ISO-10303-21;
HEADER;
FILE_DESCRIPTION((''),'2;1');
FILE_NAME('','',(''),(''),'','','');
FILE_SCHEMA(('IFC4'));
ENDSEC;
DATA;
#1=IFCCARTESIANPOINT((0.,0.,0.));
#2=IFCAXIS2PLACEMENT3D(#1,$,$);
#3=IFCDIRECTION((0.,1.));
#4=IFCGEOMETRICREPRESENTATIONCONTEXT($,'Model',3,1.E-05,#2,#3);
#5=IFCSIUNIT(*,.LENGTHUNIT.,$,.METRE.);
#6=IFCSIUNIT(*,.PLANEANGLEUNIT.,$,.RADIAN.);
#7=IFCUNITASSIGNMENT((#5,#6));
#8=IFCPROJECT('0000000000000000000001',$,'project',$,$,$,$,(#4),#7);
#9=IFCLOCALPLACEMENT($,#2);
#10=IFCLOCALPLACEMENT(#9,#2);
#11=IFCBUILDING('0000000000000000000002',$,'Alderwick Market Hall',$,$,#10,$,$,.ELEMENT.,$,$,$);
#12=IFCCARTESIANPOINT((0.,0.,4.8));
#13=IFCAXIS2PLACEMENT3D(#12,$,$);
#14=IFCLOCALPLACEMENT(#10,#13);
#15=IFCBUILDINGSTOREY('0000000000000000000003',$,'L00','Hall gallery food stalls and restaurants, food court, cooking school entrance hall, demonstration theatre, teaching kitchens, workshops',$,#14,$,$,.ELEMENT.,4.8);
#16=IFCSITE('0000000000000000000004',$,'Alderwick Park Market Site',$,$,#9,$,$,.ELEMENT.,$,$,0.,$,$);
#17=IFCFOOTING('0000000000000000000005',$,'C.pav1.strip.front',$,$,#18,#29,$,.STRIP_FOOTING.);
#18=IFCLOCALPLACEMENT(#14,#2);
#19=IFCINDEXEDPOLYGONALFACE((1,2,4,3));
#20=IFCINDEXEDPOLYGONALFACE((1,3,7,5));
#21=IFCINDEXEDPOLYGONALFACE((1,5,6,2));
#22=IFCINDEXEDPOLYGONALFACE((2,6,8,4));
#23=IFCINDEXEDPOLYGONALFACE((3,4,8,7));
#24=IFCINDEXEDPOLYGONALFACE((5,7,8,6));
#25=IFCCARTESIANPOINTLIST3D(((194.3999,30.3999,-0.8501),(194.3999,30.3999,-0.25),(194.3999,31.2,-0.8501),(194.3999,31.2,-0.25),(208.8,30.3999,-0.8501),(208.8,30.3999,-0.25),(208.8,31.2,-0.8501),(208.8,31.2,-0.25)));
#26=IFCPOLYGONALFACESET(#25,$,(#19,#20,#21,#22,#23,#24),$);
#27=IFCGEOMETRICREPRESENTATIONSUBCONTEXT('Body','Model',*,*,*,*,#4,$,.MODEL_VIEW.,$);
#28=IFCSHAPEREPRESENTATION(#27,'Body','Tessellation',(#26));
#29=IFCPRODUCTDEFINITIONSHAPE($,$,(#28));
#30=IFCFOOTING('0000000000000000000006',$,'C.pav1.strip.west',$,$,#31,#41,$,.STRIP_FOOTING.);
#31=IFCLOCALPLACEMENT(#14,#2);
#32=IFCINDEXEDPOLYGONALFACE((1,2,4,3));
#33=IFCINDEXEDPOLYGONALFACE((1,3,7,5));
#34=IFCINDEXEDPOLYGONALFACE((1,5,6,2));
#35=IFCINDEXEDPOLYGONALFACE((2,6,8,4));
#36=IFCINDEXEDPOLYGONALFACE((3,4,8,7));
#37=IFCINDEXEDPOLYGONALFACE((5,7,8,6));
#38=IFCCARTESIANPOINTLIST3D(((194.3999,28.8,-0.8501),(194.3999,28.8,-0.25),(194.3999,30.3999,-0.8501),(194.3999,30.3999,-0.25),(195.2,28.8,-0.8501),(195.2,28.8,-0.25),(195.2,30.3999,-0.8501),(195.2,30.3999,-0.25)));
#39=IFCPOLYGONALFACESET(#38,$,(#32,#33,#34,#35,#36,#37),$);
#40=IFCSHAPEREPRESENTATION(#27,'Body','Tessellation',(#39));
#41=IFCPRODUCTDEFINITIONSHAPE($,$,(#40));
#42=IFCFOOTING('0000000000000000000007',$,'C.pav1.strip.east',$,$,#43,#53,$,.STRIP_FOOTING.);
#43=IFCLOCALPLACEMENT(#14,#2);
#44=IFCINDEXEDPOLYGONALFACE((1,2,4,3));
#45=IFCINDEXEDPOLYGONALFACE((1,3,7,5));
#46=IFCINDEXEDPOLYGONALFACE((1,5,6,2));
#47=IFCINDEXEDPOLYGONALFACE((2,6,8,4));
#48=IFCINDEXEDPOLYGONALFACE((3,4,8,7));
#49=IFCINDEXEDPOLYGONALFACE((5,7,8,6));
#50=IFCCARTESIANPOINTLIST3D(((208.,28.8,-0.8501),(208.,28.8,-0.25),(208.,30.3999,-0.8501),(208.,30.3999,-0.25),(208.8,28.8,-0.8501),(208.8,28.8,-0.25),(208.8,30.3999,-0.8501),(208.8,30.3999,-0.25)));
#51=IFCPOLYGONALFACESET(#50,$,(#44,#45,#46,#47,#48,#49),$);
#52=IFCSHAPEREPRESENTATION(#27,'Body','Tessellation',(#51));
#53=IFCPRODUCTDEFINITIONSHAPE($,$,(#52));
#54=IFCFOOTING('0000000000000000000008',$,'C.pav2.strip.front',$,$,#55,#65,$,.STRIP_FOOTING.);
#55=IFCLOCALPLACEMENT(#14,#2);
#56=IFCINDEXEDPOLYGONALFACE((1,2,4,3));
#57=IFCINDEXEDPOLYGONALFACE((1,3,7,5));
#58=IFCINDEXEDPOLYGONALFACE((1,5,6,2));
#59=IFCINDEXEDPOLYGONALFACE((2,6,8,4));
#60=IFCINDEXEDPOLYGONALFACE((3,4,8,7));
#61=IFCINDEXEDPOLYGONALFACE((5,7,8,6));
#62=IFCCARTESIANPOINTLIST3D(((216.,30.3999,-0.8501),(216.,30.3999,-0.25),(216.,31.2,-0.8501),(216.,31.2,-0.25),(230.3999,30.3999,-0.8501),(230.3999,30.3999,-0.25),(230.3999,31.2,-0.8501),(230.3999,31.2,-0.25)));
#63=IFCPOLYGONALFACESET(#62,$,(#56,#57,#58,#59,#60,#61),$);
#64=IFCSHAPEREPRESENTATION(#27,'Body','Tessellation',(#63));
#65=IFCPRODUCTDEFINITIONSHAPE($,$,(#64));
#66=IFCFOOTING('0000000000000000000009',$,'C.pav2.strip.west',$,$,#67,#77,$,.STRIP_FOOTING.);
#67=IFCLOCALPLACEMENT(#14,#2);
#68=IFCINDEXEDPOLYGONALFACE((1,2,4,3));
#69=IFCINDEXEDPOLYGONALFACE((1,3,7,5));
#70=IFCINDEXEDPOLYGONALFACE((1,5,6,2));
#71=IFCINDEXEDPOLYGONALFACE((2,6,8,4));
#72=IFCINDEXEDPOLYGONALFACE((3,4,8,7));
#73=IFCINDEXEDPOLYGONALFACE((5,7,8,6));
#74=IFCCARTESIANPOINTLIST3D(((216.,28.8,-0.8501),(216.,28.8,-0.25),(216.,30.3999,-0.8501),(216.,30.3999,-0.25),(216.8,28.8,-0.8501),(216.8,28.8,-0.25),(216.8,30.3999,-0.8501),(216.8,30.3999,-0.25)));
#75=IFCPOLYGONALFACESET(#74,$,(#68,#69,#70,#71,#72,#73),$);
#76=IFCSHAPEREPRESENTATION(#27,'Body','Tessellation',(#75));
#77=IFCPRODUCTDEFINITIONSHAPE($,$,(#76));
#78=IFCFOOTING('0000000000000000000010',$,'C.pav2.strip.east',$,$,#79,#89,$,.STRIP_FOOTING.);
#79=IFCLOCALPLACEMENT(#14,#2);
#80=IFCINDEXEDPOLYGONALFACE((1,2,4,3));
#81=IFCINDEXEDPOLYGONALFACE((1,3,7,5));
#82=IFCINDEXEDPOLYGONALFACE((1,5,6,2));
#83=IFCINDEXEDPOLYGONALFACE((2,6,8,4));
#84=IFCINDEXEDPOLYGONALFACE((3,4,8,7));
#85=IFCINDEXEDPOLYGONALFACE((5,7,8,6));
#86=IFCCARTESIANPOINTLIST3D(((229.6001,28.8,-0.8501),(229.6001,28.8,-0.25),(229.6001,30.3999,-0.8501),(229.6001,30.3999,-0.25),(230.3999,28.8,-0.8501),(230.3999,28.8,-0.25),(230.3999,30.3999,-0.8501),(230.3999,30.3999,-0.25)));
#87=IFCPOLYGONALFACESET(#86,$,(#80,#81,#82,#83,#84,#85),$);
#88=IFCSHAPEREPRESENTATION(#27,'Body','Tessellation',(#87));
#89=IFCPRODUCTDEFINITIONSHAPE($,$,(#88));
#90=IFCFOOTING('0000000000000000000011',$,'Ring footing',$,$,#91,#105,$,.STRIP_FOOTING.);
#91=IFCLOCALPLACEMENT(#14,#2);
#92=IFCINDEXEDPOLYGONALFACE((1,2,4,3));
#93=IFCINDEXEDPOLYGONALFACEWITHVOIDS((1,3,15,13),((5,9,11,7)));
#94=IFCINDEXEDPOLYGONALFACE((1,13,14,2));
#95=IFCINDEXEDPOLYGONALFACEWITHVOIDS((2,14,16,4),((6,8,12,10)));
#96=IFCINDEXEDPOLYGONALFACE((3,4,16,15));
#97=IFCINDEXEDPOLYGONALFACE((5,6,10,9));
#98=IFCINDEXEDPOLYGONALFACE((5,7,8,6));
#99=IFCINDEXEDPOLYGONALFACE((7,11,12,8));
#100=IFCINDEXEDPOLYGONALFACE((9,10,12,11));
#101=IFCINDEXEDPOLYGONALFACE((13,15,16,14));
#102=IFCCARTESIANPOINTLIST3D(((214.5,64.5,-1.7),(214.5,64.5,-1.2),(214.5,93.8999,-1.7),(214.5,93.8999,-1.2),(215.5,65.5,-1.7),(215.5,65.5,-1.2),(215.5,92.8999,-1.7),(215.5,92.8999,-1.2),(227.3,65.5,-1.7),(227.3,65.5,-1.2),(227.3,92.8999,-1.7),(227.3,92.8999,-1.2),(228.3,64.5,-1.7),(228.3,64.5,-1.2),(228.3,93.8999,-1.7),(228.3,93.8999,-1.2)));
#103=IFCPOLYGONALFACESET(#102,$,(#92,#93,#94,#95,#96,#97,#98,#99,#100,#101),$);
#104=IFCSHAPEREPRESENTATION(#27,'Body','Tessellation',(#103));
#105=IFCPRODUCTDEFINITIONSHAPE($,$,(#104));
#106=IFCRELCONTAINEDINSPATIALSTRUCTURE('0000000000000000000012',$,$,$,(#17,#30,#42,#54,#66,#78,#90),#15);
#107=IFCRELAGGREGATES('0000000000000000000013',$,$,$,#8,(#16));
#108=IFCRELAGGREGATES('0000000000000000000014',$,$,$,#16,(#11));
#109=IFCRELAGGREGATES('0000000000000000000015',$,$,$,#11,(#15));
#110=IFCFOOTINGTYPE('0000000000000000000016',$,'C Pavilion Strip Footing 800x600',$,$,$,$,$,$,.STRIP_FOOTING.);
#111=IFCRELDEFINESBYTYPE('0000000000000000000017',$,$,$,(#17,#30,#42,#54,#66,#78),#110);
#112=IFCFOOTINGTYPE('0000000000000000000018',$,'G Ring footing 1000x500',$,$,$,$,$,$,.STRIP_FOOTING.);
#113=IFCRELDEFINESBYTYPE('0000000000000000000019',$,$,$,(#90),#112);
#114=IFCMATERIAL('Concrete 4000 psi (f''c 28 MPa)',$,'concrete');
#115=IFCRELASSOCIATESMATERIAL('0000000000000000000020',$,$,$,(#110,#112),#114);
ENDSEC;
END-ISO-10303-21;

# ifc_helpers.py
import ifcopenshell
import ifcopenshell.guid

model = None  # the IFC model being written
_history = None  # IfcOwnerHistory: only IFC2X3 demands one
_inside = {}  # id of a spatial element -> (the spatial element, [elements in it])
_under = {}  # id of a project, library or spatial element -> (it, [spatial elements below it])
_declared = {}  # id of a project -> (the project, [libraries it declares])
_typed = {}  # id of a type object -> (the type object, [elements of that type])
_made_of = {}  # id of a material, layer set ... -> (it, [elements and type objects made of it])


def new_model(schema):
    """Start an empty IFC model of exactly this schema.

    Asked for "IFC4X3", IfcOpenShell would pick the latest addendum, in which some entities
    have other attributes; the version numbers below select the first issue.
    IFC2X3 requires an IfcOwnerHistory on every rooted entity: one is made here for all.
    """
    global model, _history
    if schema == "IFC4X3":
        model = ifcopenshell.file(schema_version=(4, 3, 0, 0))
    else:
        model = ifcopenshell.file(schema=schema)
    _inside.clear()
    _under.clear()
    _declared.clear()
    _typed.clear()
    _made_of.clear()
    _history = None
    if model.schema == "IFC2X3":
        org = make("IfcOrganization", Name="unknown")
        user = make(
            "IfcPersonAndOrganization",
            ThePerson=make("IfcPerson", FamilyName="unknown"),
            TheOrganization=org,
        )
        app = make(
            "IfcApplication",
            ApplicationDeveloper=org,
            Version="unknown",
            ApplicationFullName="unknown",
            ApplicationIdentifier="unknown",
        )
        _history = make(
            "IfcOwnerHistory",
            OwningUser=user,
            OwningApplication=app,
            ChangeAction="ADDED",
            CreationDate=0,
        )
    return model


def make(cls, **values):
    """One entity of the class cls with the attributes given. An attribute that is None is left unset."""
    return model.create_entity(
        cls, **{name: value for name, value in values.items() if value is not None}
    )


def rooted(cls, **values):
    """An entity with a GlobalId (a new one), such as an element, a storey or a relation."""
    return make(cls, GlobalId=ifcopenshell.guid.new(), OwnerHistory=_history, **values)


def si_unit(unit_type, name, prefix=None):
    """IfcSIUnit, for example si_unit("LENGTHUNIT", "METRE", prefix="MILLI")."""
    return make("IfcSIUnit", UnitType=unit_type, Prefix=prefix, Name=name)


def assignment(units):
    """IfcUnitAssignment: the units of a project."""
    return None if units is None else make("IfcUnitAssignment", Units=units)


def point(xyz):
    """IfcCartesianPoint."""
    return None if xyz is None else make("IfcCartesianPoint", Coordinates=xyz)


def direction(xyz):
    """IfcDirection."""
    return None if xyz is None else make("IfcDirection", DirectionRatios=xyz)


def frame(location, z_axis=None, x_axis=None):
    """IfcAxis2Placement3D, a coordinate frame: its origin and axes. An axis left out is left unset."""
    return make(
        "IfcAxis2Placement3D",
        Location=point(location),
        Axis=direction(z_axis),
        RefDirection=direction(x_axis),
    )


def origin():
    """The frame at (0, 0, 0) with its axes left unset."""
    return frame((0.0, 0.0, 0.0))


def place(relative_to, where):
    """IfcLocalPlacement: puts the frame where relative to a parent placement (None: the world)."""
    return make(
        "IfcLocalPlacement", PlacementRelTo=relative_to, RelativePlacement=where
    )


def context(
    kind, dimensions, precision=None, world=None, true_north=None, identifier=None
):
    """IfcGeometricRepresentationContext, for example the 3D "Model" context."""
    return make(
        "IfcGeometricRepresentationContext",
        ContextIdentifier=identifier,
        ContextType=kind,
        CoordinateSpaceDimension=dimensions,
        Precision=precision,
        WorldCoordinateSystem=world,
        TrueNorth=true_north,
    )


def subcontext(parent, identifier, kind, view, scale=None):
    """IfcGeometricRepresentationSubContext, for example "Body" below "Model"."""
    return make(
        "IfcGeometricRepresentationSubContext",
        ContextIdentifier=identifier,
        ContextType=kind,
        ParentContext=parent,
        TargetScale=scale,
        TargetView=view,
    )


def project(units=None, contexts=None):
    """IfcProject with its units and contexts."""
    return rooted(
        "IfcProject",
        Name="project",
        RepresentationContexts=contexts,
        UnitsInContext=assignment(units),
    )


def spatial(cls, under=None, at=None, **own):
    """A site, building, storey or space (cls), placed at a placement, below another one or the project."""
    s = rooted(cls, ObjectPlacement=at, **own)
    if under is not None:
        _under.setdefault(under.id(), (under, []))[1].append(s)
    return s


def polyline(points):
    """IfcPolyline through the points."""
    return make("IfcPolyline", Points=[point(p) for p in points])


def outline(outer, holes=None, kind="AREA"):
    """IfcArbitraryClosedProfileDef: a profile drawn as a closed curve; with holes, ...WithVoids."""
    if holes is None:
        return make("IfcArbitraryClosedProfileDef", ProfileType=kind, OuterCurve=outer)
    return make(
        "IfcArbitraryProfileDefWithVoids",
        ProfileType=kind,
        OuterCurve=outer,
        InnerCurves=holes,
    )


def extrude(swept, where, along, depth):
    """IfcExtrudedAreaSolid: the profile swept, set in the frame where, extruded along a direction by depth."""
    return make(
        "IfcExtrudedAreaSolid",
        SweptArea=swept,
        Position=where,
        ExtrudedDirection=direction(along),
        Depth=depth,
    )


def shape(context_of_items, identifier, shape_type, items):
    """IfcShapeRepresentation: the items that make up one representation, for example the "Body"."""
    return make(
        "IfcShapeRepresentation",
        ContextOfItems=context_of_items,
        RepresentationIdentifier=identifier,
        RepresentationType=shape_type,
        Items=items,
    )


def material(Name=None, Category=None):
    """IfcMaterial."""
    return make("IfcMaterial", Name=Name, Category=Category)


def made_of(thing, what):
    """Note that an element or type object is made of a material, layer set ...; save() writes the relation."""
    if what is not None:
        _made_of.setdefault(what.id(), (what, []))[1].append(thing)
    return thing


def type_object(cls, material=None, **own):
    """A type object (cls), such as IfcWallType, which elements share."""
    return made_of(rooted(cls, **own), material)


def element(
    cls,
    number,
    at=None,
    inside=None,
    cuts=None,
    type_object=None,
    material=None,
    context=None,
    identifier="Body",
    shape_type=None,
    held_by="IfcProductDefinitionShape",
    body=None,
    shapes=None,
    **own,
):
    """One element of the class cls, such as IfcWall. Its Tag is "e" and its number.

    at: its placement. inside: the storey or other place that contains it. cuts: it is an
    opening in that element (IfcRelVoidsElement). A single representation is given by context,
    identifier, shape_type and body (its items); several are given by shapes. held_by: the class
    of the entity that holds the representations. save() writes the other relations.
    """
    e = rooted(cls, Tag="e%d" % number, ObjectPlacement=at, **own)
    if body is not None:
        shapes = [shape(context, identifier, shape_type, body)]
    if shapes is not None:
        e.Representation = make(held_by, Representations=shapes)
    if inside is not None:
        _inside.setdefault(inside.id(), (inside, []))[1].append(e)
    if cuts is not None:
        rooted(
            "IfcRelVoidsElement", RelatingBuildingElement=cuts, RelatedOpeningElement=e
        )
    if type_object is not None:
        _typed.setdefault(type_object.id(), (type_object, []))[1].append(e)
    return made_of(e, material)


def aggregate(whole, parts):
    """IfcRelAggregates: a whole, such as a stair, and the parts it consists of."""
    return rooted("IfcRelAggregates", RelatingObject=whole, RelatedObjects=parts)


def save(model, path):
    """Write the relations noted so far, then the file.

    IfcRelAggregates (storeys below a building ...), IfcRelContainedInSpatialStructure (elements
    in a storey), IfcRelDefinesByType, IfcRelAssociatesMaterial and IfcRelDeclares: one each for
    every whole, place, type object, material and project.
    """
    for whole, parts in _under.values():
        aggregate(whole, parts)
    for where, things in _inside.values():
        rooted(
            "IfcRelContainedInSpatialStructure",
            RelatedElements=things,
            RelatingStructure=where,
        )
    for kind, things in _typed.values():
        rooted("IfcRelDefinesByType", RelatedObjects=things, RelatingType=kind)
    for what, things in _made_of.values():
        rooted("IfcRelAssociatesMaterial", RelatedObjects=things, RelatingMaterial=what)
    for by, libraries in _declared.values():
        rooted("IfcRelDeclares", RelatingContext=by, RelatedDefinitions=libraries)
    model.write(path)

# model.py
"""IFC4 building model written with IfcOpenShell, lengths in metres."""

from ifc_helpers import new_model, si_unit, direction, frame, origin, place, context, subcontext, project, spatial, polyline, outline, extrude, material, type_object, element, save


model = new_model("IFC4")

# Units and contexts
model_context = context("Model", 3, precision=1e-05, world=origin(), true_north=direction((0.0, 1.0)))
body_context = subcontext(model_context, "Body", "Model", "MODEL_VIEW")
ifc_project = project(units=[si_unit("LENGTHUNIT", "METRE"), si_unit("PLANEANGLEUNIT", "RADIAN")], contexts=[model_context])

# Site, building, storey
site_placement = place(None, origin())
site = spatial("IfcSite", under=ifc_project, at=site_placement, Name="Alderwick Park Market Site", CompositionType="ELEMENT", RefElevation=0.0)
building_placement = place(site_placement, origin())
building = spatial("IfcBuilding", under=site, at=building_placement, Name="Alderwick Market Hall", CompositionType="ELEMENT")
storey_placement = place(building_placement, frame((0.0, 0.0, 4.8)))
storey = spatial("IfcBuildingStorey", under=building, at=storey_placement, Name="L00", Description="Hall gallery food stalls and restaurants, food court, cooking school entrance hall, demonstration theatre, teaching kitchens, workshops", CompositionType="ELEMENT", Elevation=4.8)

# Footings
ifc_material_1 = material(Name="Concrete 4000 psi (f'c 28 MPa)", Category="concrete")
footing_type_1 = type_object("IfcFootingType", Name="C Pavilion Strip Footing 800x600", PredefinedType="STRIP_FOOTING", material=ifc_material_1)
footing_1_placement = place(storey_placement, frame((0.0, 0.0, -0.8501)))
element("IfcFooting", 1, at=footing_1_placement, inside=storey, type_object=footing_type_1, Name="C.pav1.strip.front", PredefinedType="STRIP_FOOTING", context=body_context, shape_type="SweptSolid", body=[
    extrude(outline(polyline([(194.3999, 31.2), (208.8, 31.2), (208.8, 30.3999), (194.3999, 30.3999), (194.3999, 31.2)])), origin(), (0.0, 0.0, 1.0), 0.6001),
])
footing_2_placement = place(storey_placement, frame((0.0, 0.0, -0.8501)))
element("IfcFooting", 2, at=footing_2_placement, inside=storey, type_object=footing_type_1, Name="C.pav1.strip.west", PredefinedType="STRIP_FOOTING", context=body_context, shape_type="SweptSolid", body=[
    extrude(outline(polyline([(194.3999, 30.3999), (195.2, 30.3999), (195.2, 28.8), (194.3999, 28.8), (194.3999, 30.3999)])), origin(), (0.0, 0.0, 1.0), 0.6001),
])
footing_3_placement = place(storey_placement, frame((0.0, 0.0, -0.8501)))
element("IfcFooting", 3, at=footing_3_placement, inside=storey, type_object=footing_type_1, Name="C.pav1.strip.east", PredefinedType="STRIP_FOOTING", context=body_context, shape_type="SweptSolid", body=[
    extrude(outline(polyline([(208.0, 30.3999), (208.8, 30.3999), (208.8, 28.8), (208.0, 28.8), (208.0, 30.3999)])), origin(), (0.0, 0.0, 1.0), 0.6001),
])
footing_4_placement = place(storey_placement, frame((0.0, 0.0, -0.8501)))
element("IfcFooting", 4, at=footing_4_placement, inside=storey, type_object=footing_type_1, Name="C.pav2.strip.front", PredefinedType="STRIP_FOOTING", context=body_context, shape_type="SweptSolid", body=[
    extrude(outline(polyline([(216.0, 31.2), (230.3999, 31.2), (230.3999, 30.3999), (216.0, 30.3999), (216.0, 31.2)])), origin(), (0.0, 0.0, 1.0), 0.6001),
])
footing_5_placement = place(storey_placement, frame((0.0, 0.0, -0.8501)))
element("IfcFooting", 5, at=footing_5_placement, inside=storey, type_object=footing_type_1, Name="C.pav2.strip.west", PredefinedType="STRIP_FOOTING", context=body_context, shape_type="SweptSolid", body=[
    extrude(outline(polyline([(216.0, 30.3999), (216.8, 30.3999), (216.8, 28.8), (216.0, 28.8), (216.0, 30.3999)])), origin(), (0.0, 0.0, 1.0), 0.6001),
])
footing_6_placement = place(storey_placement, frame((0.0, 0.0, -0.8501)))
element("IfcFooting", 6, at=footing_6_placement, inside=storey, type_object=footing_type_1, Name="C.pav2.strip.east", PredefinedType="STRIP_FOOTING", context=body_context, shape_type="SweptSolid", body=[
    extrude(outline(polyline([(229.6001, 30.3999), (230.3999, 30.3999), (230.3999, 28.8), (229.6001, 28.8), (229.6001, 30.3999)])), origin(), (0.0, 0.0, 1.0), 0.6001),
])
footing_type_2 = type_object("IfcFootingType", Name="G Ring footing 1000x500", PredefinedType="STRIP_FOOTING", material=ifc_material_1)
footing_7_placement = place(storey_placement, frame((0.0, 0.0, -1.7)))
element("IfcFooting", 7, at=footing_7_placement, inside=storey, type_object=footing_type_2, Name="Ring footing", PredefinedType="STRIP_FOOTING", context=body_context, shape_type="SweptSolid", body=[
    extrude(outline(polyline([(214.5, 64.5), (228.3, 64.5), (228.3, 93.8999), (214.5, 93.8999), (214.5, 64.5)]), holes=[polyline([(215.5, 65.5), (227.3, 65.5), (227.3, 92.8999), (215.5, 92.8999), (215.5, 65.5)])]), origin(), (0.0, 0.0, 1.0), 0.5),
])

save(model, "model.ifc")
